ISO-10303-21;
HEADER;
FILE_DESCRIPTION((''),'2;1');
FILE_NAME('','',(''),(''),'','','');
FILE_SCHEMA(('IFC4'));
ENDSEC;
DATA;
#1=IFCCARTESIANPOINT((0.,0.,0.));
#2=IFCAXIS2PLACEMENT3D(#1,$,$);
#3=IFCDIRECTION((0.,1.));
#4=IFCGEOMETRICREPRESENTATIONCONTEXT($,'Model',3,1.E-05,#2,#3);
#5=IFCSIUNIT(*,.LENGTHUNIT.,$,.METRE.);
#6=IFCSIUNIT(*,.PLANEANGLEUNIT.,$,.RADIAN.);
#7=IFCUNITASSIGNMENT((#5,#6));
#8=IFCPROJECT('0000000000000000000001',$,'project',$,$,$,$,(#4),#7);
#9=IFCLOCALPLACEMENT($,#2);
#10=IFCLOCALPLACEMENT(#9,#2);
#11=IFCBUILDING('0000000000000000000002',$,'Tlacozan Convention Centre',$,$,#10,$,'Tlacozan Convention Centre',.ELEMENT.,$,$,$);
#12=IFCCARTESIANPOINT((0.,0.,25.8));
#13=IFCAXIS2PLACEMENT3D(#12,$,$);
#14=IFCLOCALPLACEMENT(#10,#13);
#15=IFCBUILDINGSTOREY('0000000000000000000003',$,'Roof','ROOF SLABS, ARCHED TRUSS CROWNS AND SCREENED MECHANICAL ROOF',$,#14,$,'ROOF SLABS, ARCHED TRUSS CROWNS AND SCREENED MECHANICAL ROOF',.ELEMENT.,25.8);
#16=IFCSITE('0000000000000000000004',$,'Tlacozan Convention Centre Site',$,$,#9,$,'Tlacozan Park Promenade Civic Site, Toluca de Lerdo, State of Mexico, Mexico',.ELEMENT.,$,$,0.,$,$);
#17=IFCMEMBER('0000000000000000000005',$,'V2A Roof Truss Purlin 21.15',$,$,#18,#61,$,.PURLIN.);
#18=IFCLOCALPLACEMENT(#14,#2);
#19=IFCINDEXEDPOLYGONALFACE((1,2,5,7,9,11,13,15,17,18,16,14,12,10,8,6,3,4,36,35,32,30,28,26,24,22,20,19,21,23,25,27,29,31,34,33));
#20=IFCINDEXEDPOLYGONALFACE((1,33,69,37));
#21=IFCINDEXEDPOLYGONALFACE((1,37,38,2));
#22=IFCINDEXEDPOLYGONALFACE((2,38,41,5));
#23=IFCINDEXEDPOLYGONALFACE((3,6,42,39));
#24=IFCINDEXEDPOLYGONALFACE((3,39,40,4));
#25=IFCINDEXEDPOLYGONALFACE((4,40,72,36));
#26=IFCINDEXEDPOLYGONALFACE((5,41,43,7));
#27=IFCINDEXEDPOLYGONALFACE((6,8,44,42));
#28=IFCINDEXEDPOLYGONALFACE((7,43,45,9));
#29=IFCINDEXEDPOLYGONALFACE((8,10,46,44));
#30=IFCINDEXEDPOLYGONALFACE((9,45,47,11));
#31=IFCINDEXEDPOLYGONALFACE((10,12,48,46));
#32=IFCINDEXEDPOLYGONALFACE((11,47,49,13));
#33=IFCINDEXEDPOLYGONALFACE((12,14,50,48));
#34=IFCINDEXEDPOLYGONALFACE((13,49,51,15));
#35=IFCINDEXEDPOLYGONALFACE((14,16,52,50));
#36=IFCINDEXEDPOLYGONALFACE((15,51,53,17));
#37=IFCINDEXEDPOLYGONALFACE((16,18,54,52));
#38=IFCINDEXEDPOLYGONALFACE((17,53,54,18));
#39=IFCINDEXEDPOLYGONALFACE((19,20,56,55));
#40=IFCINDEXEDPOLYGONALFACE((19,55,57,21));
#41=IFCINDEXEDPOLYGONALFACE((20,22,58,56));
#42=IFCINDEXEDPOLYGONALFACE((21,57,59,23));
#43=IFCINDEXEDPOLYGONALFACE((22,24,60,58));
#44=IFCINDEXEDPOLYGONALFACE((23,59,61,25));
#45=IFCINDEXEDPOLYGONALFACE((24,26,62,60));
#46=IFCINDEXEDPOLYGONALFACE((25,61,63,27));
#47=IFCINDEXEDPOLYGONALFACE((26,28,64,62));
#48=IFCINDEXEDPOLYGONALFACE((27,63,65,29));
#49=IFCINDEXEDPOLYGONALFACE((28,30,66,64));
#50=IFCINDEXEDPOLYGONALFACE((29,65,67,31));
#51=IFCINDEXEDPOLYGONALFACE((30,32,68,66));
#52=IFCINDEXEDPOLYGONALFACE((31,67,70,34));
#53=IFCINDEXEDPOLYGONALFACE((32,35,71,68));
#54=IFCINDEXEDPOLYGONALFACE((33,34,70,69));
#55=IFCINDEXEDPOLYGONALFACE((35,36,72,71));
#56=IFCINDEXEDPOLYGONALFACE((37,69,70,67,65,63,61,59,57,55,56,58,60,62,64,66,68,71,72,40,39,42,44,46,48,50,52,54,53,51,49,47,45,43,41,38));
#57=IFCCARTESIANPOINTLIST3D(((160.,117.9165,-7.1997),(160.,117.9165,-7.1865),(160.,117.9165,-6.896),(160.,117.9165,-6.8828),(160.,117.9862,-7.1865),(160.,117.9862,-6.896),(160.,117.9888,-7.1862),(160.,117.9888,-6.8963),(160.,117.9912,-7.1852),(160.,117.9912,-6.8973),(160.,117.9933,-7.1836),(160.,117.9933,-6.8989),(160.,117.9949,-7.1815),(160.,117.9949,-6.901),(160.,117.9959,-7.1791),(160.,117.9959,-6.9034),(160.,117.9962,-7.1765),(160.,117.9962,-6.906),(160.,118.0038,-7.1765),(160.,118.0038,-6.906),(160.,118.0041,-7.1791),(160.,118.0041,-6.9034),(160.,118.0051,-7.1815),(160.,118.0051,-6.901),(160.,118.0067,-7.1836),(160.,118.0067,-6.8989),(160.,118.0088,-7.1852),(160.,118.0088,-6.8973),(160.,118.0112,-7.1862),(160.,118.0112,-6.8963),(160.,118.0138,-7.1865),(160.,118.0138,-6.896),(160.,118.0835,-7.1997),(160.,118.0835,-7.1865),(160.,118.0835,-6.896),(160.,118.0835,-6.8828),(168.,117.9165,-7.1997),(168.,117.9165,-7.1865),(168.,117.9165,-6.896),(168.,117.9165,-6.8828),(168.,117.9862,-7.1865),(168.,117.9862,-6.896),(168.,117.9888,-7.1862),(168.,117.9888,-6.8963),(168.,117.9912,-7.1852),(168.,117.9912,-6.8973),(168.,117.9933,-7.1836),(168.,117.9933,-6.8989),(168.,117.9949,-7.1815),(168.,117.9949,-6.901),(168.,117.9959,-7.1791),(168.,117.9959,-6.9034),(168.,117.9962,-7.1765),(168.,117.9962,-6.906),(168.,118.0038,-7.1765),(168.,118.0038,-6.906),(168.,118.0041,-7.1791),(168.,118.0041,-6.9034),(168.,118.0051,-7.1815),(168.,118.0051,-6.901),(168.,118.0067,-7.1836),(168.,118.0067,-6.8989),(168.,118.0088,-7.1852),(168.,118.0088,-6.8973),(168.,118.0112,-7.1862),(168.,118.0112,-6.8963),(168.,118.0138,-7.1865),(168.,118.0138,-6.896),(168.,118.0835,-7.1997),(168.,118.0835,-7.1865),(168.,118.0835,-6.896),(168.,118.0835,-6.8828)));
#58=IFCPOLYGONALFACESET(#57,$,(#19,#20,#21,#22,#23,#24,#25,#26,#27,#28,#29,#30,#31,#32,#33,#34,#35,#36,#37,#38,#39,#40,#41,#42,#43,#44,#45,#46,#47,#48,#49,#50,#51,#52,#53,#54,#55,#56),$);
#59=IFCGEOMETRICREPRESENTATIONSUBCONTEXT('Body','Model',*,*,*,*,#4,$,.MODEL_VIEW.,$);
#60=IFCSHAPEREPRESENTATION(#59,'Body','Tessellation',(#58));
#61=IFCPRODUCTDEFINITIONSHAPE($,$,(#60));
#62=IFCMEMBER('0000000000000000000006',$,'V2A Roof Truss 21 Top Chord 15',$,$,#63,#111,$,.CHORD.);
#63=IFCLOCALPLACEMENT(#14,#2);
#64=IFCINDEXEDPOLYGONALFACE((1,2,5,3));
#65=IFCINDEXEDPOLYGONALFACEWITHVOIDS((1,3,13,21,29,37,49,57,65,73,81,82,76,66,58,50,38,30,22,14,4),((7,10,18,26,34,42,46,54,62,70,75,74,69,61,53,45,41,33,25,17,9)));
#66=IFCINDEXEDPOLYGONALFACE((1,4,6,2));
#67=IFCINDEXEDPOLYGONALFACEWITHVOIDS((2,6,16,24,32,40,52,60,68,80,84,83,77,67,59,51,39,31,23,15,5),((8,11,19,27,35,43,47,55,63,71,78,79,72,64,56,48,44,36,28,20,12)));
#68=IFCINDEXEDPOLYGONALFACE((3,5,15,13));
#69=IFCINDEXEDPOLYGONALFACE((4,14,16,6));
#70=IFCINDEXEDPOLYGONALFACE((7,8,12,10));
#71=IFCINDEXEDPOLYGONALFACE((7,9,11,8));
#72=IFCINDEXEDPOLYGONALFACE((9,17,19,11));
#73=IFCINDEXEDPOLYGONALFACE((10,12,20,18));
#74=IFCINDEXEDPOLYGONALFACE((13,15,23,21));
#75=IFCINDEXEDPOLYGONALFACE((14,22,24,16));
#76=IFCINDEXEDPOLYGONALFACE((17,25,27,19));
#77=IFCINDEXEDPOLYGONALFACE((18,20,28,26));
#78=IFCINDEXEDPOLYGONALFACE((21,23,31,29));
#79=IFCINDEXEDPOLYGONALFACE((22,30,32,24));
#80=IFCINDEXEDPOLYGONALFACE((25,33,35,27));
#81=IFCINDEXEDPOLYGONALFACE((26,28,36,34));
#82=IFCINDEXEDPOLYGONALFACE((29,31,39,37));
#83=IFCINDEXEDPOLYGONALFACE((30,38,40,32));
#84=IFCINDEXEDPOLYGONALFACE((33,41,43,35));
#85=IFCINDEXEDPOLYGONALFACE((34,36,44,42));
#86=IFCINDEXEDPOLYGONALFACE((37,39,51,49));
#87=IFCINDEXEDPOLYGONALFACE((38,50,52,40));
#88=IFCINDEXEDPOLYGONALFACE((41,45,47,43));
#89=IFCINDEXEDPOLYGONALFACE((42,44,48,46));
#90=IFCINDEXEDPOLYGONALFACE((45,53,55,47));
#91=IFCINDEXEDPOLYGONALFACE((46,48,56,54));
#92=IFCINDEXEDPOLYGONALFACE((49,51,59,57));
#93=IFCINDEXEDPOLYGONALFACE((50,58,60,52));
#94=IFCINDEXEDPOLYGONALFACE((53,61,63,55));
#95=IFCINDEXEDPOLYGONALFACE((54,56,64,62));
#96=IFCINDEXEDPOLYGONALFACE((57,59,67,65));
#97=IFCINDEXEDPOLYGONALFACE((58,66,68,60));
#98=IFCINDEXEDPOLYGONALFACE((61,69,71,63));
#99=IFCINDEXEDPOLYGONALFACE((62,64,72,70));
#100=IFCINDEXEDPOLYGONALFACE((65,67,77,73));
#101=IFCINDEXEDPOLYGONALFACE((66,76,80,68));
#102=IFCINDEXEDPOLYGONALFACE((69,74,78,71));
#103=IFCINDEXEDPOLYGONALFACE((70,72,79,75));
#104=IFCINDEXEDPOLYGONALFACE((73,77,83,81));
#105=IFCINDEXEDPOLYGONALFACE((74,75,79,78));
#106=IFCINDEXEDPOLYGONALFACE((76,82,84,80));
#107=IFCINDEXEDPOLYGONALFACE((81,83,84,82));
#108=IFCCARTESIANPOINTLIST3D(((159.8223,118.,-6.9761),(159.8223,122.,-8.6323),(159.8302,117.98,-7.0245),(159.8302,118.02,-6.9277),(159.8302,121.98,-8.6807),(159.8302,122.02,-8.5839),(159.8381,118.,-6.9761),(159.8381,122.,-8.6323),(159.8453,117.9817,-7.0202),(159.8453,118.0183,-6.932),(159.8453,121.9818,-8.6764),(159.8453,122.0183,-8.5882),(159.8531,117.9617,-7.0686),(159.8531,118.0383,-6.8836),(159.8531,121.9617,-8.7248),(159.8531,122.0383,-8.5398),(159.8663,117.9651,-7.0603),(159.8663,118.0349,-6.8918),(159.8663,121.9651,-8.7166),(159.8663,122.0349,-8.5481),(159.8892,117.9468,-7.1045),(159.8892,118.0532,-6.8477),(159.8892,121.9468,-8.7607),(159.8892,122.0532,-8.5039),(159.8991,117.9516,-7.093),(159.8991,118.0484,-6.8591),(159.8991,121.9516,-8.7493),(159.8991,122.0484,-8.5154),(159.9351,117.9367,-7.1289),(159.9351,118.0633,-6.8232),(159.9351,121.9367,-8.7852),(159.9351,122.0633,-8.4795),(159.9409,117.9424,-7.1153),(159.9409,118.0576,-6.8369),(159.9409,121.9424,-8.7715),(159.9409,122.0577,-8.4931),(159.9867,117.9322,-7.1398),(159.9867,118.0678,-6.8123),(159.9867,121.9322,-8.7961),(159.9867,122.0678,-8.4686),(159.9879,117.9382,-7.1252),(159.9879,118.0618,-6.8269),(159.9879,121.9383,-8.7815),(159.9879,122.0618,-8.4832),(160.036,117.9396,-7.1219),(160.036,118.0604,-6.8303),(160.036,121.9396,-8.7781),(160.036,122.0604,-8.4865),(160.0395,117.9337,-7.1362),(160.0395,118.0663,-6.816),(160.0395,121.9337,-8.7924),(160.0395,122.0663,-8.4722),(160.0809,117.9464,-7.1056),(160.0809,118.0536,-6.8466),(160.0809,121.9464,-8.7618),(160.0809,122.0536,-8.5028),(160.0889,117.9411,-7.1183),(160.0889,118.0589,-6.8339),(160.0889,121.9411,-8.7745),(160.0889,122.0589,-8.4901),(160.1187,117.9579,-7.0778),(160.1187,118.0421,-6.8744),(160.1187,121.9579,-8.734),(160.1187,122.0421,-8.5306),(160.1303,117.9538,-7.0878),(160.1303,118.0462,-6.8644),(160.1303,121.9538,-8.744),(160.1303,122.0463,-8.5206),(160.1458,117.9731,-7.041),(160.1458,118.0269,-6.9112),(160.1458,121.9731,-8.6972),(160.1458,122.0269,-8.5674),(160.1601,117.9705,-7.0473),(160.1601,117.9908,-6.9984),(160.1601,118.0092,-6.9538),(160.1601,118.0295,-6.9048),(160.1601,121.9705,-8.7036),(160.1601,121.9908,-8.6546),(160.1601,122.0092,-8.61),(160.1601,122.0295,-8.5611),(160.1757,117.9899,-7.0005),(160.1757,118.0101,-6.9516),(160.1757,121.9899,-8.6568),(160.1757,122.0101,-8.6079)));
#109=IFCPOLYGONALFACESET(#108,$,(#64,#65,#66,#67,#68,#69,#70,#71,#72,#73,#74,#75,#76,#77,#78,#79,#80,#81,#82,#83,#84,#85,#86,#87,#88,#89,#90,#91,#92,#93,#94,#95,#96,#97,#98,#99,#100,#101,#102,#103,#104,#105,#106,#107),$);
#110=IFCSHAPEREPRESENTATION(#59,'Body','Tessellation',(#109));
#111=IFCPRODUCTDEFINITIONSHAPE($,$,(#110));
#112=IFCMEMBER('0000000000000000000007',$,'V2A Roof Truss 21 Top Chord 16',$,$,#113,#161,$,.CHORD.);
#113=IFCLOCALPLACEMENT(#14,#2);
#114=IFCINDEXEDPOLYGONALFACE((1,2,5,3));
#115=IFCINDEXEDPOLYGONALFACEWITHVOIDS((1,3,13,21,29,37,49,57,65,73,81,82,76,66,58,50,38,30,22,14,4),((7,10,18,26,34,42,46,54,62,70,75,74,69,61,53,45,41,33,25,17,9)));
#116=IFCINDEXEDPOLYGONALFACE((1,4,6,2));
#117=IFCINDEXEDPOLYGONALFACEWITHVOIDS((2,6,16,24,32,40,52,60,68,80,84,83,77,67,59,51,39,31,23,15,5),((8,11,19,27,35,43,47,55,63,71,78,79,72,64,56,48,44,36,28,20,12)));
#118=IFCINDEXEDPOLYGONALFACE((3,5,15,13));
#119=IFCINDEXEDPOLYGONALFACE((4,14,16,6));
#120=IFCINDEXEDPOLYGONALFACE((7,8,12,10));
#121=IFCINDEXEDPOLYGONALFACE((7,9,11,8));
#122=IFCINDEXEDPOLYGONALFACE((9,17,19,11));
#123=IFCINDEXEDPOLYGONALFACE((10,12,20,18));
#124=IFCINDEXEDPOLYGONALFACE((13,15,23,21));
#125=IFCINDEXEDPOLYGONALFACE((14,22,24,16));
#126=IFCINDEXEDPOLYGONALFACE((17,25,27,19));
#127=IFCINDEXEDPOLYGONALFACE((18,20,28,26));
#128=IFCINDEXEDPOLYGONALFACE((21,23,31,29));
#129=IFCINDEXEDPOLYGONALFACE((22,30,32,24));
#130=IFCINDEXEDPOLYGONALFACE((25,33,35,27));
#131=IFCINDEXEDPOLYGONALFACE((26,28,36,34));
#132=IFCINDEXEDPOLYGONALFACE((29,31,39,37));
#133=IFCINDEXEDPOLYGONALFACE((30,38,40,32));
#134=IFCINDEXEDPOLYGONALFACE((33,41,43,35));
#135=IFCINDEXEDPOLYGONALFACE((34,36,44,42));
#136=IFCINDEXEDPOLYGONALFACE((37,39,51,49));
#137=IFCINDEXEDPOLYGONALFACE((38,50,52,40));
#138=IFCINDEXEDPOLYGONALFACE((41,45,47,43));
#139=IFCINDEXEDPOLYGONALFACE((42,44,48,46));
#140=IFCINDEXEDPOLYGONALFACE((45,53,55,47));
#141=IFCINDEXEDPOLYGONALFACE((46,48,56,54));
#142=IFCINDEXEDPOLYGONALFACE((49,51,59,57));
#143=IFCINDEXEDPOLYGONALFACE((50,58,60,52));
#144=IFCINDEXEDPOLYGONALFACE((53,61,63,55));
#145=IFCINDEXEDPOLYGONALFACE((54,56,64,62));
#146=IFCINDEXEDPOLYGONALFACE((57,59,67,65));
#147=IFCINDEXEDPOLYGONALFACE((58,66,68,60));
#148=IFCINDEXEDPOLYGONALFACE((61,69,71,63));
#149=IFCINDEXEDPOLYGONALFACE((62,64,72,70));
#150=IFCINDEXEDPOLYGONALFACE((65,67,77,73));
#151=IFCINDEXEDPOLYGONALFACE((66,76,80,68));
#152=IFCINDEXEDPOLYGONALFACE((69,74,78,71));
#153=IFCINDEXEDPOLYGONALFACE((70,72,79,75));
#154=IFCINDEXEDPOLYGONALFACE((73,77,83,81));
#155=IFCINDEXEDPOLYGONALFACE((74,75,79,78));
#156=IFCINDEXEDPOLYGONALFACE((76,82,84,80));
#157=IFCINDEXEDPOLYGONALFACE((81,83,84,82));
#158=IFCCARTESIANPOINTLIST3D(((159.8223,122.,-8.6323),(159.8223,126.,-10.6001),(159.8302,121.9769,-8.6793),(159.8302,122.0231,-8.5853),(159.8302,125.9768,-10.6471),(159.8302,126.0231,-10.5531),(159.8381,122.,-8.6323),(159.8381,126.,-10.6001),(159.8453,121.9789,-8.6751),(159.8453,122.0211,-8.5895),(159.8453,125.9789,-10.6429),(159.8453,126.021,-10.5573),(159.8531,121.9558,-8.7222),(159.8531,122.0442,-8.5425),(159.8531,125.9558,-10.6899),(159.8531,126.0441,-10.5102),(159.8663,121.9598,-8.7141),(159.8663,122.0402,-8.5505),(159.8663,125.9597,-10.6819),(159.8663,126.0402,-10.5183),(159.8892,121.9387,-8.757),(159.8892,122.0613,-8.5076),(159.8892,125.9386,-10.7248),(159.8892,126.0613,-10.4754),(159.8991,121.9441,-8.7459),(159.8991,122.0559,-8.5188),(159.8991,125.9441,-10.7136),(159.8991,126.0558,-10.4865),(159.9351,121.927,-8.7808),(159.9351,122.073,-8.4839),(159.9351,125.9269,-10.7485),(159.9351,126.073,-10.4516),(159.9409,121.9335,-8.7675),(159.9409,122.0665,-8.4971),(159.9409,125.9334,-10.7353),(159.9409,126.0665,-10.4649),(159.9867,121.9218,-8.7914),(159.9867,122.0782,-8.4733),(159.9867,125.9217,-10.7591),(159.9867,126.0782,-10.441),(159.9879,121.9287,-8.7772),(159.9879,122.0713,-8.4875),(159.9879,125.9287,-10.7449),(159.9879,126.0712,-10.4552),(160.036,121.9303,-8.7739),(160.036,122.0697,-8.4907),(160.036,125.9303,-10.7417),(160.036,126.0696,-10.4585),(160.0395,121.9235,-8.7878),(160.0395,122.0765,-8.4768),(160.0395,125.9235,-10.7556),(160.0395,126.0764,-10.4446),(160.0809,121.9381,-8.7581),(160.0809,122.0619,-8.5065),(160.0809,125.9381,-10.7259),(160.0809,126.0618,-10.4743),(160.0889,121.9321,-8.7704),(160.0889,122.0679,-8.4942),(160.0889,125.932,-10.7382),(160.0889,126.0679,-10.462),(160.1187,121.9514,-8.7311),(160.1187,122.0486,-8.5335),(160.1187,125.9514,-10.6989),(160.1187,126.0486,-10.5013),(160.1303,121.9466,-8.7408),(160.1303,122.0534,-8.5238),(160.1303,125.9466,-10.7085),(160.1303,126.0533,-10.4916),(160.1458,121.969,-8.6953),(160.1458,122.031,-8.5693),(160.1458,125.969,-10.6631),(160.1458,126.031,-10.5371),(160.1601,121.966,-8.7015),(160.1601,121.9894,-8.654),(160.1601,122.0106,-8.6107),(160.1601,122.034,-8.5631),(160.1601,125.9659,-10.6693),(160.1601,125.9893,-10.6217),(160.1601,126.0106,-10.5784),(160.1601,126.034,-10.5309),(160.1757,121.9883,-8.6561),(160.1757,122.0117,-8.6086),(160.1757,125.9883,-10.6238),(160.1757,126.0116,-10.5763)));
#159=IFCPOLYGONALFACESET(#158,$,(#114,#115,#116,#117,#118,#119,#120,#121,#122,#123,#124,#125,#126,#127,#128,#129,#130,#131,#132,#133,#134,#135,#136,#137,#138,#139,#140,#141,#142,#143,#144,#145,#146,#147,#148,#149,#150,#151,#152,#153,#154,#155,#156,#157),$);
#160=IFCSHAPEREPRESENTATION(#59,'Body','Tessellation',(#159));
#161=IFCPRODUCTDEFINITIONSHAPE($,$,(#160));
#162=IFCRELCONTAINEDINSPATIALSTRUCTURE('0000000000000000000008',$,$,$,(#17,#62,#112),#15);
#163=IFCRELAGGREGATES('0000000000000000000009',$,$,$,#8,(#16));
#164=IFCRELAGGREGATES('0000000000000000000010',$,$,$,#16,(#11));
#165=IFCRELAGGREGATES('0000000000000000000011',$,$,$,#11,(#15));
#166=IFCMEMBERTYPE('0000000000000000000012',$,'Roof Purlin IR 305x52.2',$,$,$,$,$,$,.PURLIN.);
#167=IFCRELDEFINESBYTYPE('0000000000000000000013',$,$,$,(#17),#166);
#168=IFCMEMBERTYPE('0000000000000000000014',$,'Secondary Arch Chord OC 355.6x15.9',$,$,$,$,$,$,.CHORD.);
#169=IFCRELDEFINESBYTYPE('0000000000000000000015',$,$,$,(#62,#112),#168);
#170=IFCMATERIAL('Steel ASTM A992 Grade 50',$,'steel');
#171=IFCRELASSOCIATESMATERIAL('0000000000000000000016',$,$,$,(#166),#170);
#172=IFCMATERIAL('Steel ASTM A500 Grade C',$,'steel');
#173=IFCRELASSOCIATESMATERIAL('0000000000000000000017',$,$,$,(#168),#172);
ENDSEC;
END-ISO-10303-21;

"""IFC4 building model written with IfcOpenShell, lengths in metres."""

from ifc_helpers import new_model, si_unit, direction, frame, origin, origin_2d, place, context, subcontext, project, spatial, hollow_circle, i_section, extrude, material, material_profile, profile_set, type_object, element, save


model = new_model("IFC4")

# Units and contexts
model_context = context("Model", 3, precision=1e-05, world=origin(), true_north=direction((0.0, 1.0)))
body_context = subcontext(model_context, "Body", "Model", "MODEL_VIEW")
ifc_project = project(units=[si_unit("LENGTHUNIT", "METRE"), si_unit("PLANEANGLEUNIT", "RADIAN")], contexts=[model_context])

# Site, building, storey
site_placement = place(None, origin())
site = spatial("IfcSite", under=ifc_project, at=site_placement, Name="Tlacozan Convention Centre Site", LongName="Tlacozan Park Promenade Civic Site, Toluca de Lerdo, State of Mexico, Mexico", CompositionType="ELEMENT", RefElevation=0.0)
building_placement = place(site_placement, origin())
building = spatial("IfcBuilding", under=site, at=building_placement, Name="Tlacozan Convention Centre", LongName="Tlacozan Convention Centre", CompositionType="ELEMENT")
storey_placement = place(building_placement, frame((0.0, 0.0, 25.8)))
storey = spatial("IfcBuildingStorey", under=building, at=storey_placement, Name="Roof", Description="ROOF SLABS, ARCHED TRUSS CROWNS AND SCREENED MECHANICAL ROOF", LongName="ROOF SLABS, ARCHED TRUSS CROWNS AND SCREENED MECHANICAL ROOF", CompositionType="ELEMENT", Elevation=25.8)

# Members
ifc_material_1 = material(Name="Steel ASTM A500 Grade C", Category="steel")
ifc_material_2 = material(Name="Steel ASTM A992 Grade 50", Category="steel")
ifc_material_profile_1 = material_profile(ifc_material_2, i_section(OverallWidth=0.167, OverallDepth=0.3169, WebThickness=0.0076, FlangeThickness=0.0132, FilletRadius=0.01, at=origin_2d()), Name="IR 305x52.2")
ifc_profile_set_1 = profile_set([ifc_material_profile_1], Name="Steel ASTM A992 Grade 50")
member_type_1 = type_object("IfcMemberType", Name="Roof Purlin IR 305x52.2", PredefinedType="PURLIN", material=ifc_profile_set_1)
member_1_placement = place(storey_placement, frame((160.0, 118.0, -7.0413), z_axis=(1.0, 0.0, 0.0), x_axis=(0.0, 1.0, 0.0)))
element("IfcMember", 1, at=member_1_placement, inside=storey, type_object=member_type_1, Name="V2A Roof Truss Purlin 21.15", PredefinedType="PURLIN", context=body_context, shape_type="SweptSolid", body=[
    extrude(i_section(OverallWidth=0.167, OverallDepth=0.3169, WebThickness=0.0076, FlangeThickness=0.0132, FilletRadius=0.01, at=origin_2d()), origin(), (0.0, 0.0, 1.0), 8.0),
])
ifc_material_profile_2 = material_profile(ifc_material_1, hollow_circle(Radius=0.1777, WallThickness=0.0159, at=origin_2d()), Name="OC 355.6x15.9")
ifc_profile_set_2 = profile_set([ifc_material_profile_2], Name="Steel ASTM A500 Grade C")
member_type_2 = type_object("IfcMemberType", Name="Secondary Arch Chord OC 355.6x15.9", PredefinedType="CHORD", material=ifc_profile_set_2)
member_2_placement = place(storey_placement, frame((160.0, 118.0, -6.9761), z_axis=(0.0, 0.923929, -0.382564), x_axis=(-1.0, 0.0, 0.0)))
element("IfcMember", 2, at=member_2_placement, inside=storey, type_object=member_type_2, Name="V2A Roof Truss 21 Top Chord 15", PredefinedType="CHORD", context=body_context, shape_type="SweptSolid", body=[
    extrude(hollow_circle(Radius=0.1777, WallThickness=0.0159, at=origin_2d()), origin(), (0.0, 0.0, 1.0), 4.3293),
])
member_3_placement = place(storey_placement, frame((160.0, 122.0, -8.6323), z_axis=(0.0, 0.8973, -0.441421), x_axis=(-1.0, 0.0, 0.0)))
element("IfcMember", 3, at=member_3_placement, inside=storey, type_object=member_type_2, Name="V2A Roof Truss 21 Top Chord 16", PredefinedType="CHORD", context=body_context, shape_type="SweptSolid", body=[
    extrude(hollow_circle(Radius=0.1777, WallThickness=0.0159, at=origin_2d()), origin(), (0.0, 0.0, 1.0), 4.4578),
])

save(model, "model.ifc")
